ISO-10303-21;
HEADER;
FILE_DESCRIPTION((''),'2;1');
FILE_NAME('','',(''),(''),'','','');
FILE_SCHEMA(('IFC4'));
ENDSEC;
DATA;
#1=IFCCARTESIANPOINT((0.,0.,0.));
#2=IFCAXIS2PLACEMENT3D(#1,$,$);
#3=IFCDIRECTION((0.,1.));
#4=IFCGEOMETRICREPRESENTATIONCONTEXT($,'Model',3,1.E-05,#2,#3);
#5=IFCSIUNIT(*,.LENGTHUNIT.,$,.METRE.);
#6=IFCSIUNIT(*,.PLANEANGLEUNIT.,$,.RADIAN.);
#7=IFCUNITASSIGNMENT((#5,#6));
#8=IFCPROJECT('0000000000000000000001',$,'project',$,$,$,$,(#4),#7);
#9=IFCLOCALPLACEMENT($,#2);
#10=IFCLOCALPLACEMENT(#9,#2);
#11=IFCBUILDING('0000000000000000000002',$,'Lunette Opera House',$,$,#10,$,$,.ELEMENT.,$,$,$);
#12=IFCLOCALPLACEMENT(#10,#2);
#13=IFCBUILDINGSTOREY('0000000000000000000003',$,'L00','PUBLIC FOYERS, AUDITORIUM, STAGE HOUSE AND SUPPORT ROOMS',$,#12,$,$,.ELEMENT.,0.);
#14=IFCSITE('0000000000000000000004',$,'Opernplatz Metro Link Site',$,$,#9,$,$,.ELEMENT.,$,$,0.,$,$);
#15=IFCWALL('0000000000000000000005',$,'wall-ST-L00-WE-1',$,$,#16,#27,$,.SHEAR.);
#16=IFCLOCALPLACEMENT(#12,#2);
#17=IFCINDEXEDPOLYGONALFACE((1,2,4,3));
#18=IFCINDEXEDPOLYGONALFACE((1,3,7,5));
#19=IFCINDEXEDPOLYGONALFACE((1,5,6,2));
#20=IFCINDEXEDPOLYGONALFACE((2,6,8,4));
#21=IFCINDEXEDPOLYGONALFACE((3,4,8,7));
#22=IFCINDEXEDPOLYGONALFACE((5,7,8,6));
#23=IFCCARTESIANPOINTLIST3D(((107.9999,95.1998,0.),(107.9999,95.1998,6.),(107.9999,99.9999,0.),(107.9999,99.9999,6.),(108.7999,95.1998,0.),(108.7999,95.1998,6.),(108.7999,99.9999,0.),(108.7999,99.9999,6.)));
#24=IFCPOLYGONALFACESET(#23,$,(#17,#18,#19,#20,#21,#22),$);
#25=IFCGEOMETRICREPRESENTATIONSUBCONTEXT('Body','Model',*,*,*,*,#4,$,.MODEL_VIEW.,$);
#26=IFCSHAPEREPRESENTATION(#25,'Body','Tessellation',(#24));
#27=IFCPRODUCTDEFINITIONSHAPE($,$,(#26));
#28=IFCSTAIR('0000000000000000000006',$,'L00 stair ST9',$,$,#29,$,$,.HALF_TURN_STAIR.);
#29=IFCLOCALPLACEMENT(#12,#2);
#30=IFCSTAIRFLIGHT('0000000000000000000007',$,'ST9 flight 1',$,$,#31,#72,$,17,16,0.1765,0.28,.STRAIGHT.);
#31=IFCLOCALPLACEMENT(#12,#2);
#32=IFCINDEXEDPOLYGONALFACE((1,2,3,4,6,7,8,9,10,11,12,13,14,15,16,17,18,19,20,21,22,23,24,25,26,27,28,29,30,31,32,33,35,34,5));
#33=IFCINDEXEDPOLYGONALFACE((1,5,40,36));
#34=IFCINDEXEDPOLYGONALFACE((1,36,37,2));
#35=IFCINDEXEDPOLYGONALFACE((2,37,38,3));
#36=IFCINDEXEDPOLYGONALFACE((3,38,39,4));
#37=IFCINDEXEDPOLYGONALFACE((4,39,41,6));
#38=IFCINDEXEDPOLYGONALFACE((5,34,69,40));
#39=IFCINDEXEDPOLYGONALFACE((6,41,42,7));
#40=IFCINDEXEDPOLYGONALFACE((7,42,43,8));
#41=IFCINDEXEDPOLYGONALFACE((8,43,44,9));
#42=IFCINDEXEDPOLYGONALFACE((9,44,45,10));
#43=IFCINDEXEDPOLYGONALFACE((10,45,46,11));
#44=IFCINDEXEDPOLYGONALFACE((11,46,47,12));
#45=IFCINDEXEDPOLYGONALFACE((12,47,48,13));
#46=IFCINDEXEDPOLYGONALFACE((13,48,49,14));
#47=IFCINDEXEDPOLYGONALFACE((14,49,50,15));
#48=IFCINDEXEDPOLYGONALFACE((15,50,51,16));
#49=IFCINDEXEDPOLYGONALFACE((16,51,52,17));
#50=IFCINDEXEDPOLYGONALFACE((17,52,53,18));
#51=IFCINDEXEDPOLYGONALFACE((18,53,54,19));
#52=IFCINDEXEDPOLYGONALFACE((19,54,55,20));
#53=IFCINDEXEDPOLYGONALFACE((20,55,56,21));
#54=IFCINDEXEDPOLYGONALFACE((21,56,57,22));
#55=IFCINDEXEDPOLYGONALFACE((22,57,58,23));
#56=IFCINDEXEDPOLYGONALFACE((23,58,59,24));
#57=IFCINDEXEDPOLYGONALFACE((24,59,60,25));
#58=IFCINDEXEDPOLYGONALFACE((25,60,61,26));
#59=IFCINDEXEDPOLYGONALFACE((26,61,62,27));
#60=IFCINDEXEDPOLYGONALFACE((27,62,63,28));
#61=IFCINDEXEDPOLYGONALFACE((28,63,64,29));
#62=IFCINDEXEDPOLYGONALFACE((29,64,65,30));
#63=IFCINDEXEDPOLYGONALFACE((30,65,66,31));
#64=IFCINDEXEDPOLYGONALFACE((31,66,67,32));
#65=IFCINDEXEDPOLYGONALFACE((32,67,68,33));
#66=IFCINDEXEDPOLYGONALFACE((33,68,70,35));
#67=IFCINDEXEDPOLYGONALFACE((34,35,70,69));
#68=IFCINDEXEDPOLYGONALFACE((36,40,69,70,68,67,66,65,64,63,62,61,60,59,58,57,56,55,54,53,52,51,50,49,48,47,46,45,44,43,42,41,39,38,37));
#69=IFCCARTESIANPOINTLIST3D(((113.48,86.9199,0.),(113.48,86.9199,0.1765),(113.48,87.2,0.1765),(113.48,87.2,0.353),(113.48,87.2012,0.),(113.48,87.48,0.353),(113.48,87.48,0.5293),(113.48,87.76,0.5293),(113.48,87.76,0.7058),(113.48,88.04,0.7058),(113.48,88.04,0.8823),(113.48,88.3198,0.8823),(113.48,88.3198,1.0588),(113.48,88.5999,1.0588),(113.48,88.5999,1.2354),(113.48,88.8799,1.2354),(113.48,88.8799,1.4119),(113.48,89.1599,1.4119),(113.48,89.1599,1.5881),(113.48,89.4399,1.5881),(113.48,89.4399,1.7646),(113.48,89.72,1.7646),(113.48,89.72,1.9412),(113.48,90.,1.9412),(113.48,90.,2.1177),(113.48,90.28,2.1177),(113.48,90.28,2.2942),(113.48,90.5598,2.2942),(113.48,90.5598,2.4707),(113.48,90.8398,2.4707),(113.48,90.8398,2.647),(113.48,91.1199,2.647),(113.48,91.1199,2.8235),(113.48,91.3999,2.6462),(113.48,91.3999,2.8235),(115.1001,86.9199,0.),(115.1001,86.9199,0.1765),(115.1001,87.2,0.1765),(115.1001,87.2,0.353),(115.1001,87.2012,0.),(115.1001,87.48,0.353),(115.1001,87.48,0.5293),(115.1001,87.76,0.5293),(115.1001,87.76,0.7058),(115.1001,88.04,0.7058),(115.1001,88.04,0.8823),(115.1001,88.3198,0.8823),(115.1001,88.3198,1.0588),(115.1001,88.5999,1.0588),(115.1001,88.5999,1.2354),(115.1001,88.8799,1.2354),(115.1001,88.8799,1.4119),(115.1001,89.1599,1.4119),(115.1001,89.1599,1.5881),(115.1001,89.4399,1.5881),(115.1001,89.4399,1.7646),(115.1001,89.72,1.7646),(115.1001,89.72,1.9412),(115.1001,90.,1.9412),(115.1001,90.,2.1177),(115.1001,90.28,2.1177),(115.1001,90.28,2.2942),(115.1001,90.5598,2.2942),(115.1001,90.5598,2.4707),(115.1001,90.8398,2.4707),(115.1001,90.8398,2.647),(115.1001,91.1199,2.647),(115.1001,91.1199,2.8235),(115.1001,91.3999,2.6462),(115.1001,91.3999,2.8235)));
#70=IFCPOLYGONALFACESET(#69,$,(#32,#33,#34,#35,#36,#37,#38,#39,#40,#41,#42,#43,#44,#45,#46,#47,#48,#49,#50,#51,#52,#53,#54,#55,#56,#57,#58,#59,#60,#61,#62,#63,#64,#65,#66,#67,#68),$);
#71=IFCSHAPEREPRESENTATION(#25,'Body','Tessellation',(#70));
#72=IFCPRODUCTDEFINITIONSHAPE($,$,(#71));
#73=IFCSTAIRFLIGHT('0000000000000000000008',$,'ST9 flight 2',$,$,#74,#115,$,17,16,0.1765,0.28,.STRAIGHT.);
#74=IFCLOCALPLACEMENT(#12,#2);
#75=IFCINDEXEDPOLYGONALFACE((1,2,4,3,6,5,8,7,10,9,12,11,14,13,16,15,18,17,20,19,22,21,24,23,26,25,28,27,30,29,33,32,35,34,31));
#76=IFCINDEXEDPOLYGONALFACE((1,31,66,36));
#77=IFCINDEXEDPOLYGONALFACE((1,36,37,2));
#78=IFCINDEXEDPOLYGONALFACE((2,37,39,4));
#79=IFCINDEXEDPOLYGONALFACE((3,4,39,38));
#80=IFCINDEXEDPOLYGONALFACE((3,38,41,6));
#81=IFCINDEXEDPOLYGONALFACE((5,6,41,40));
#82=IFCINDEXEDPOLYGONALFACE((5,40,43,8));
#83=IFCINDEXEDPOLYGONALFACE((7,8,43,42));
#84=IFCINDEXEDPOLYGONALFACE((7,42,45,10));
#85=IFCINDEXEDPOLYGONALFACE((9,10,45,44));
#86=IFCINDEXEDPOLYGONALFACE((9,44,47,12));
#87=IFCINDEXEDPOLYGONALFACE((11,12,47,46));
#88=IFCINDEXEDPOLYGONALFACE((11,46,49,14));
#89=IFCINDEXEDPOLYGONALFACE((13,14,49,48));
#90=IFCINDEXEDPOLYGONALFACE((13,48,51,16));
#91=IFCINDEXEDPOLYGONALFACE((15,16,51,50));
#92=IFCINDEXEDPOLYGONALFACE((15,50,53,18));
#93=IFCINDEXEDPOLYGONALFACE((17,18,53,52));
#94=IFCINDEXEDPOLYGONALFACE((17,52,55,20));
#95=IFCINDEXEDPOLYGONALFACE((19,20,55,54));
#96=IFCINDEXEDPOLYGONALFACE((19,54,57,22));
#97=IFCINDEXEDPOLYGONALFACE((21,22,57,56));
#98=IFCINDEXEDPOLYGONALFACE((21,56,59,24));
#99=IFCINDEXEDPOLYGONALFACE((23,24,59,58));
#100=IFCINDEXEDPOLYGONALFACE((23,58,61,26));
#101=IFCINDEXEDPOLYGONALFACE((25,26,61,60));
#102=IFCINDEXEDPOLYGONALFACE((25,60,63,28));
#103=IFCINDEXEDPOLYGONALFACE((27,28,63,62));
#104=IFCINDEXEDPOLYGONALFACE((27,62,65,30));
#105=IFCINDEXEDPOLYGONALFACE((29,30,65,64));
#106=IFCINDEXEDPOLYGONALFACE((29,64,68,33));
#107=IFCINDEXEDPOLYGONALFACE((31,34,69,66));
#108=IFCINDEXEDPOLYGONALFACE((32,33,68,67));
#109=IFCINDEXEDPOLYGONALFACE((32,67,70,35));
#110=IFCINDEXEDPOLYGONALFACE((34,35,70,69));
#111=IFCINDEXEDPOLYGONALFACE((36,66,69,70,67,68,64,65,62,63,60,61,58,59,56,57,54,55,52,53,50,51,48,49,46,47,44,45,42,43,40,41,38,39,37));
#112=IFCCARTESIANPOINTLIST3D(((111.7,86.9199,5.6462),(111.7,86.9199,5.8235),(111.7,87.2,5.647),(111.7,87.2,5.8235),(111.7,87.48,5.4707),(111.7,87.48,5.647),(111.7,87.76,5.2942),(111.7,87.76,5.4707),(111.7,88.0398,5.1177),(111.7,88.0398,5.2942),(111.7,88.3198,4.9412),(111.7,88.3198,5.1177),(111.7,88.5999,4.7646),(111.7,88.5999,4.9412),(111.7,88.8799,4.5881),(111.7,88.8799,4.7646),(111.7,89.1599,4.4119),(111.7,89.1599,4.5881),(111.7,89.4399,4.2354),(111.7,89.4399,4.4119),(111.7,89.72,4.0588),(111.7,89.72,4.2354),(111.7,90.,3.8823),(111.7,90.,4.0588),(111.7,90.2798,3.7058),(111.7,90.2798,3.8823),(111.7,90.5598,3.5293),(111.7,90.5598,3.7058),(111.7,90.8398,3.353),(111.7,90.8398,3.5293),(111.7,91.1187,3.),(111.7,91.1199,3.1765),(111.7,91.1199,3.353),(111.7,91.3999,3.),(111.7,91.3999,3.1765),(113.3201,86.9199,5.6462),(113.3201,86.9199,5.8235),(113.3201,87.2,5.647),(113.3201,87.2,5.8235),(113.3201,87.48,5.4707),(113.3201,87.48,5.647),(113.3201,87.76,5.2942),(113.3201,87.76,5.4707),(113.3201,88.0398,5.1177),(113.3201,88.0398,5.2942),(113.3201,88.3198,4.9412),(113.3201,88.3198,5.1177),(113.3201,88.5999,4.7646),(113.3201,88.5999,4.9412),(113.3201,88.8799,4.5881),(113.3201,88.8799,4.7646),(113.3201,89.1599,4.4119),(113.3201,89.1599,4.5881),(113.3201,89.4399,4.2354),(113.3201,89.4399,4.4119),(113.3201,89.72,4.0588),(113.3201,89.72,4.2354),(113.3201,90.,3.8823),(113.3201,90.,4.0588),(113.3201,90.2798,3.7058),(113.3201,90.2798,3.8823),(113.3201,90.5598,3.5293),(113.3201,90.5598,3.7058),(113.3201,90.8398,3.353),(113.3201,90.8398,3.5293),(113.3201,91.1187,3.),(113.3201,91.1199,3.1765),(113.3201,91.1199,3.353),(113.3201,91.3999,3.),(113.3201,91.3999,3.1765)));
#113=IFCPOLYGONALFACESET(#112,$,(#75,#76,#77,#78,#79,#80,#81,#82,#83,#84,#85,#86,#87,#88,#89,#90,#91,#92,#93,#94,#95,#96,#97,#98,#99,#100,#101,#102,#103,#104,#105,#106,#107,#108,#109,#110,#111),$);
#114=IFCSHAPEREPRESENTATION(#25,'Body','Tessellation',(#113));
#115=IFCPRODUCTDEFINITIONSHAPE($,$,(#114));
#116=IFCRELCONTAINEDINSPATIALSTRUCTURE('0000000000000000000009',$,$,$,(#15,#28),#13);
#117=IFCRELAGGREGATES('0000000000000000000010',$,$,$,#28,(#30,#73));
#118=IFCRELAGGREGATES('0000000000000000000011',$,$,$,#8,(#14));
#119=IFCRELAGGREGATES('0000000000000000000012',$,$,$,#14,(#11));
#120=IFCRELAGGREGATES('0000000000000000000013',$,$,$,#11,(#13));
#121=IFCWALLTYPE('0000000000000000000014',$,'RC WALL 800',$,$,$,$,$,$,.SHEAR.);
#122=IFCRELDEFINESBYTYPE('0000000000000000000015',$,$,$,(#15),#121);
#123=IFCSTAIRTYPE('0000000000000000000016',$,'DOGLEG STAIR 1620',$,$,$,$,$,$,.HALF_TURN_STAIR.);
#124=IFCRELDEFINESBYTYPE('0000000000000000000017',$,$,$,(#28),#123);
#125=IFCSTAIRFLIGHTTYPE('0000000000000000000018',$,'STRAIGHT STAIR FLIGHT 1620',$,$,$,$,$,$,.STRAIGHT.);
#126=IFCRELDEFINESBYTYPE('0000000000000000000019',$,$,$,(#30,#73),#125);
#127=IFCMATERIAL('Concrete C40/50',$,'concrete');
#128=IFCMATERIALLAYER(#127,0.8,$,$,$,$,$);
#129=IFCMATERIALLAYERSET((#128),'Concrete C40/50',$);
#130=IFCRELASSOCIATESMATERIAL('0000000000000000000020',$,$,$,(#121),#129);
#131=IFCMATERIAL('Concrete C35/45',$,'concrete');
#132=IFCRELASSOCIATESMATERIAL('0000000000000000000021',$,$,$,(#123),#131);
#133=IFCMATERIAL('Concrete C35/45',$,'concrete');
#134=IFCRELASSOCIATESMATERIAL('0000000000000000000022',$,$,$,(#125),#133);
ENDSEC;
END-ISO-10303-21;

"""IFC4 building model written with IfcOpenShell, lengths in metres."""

from ifc_helpers import new_model, si_unit, direction, frame, frame_2d, origin, place, context, subcontext, project, spatial, polyline, rectangle, outline, extrude, material, layer, layer_set, type_object, element, aggregate, save


model = new_model("IFC4")

# Units and contexts
model_context = context("Model", 3, precision=1e-05, world=origin(), true_north=direction((0.0, 1.0)))
body_context = subcontext(model_context, "Body", "Model", "MODEL_VIEW")
ifc_project = project(units=[si_unit("LENGTHUNIT", "METRE"), si_unit("PLANEANGLEUNIT", "RADIAN")], contexts=[model_context])

# Site, building, storey
site_placement = place(None, origin())
site = spatial("IfcSite", under=ifc_project, at=site_placement, Name="Opernplatz Metro Link Site", CompositionType="ELEMENT", RefElevation=0.0)
building_placement = place(site_placement, origin())
building = spatial("IfcBuilding", under=site, at=building_placement, Name="Lunette Opera House", CompositionType="ELEMENT")
storey_placement = place(building_placement, origin())
storey = spatial("IfcBuildingStorey", under=building, at=storey_placement, Name="L00", Description="PUBLIC FOYERS, AUDITORIUM, STAGE HOUSE AND SUPPORT ROOMS", CompositionType="ELEMENT", Elevation=0.0)

# Wall
ifc_material_1 = material(Name="Concrete C40/50", Category="concrete")
ifc_layer_1 = layer(ifc_material_1, 0.8)
ifc_layer_set_1 = layer_set([ifc_layer_1], Name="Concrete C40/50")
wall_type_1 = type_object("IfcWallType", Name="RC WALL 800", PredefinedType="SHEAR", material=ifc_layer_set_1)
wall_1_placement = place(storey_placement, frame((108.3999, 95.2, 0.0), z_axis=(0.0, 0.0, 1.0), x_axis=(0.0, 1.0, 0.0)))
element("IfcWall", 1, at=wall_1_placement, inside=storey, type_object=wall_type_1, Name="wall-ST-L00-WE-1", PredefinedType="SHEAR", context=body_context, shape_type="SweptSolid", body=[
    extrude(rectangle(XDim=4.8, YDim=0.8, at=frame_2d((2.3999, 0.0))), origin(), (0.0, 0.0, 1.0), 6.0),
])

# Stair, stair flights
ifc_material_2 = material(Name="Concrete C35/45", Category="concrete")
stair_type = type_object("IfcStairType", Name="DOGLEG STAIR 1620", PredefinedType="HALF_TURN_STAIR", material=ifc_material_2)
stair_placement = place(storey_placement, origin())
stair = element("IfcStair", 2, at=stair_placement, inside=storey, type_object=stair_type, Name="L00 stair ST9", PredefinedType="HALF_TURN_STAIR")
ifc_material_3 = material(Name="Concrete C35/45", Category="concrete")
stair_flight_type = type_object("IfcStairFlightType", Name="STRAIGHT STAIR FLIGHT 1620", PredefinedType="STRAIGHT", material=ifc_material_3)
stair_flight_1_placement = place(storey_placement, frame((114.29, 86.9199, 0.0), z_axis=(0.0, 0.0, 1.0), x_axis=(0.0, 1.0, 0.0)))
stair_flight_1 = element("IfcStairFlight", 3, at=stair_flight_1_placement, type_object=stair_flight_type, Name="ST9 flight 1", NumberOfRisers=17, NumberOfTreads=16, PredefinedType="STRAIGHT", RiserHeight=0.1765, TreadLength=0.28, context=body_context, shape_type="SweptSolid", body=[
    extrude(outline(polyline([(0.0, 0.0), (0.0, 0.1765), (0.28, 0.1765), (0.28, 0.353), (0.5601, 0.353), (0.5601, 0.5293), (0.8401, 0.5293), (0.8401, 0.7058), (1.1201, 0.7058), (1.1201, 0.8823), (1.3999, 0.8823), (1.3999, 1.0588), (1.6799, 1.0588), (1.6799, 1.2354), (1.96, 1.2354), (1.96, 1.4119), (2.24, 1.4119), (2.24, 1.5881), (2.52, 1.5881), (2.52, 1.7646), (2.8, 1.7646), (2.8, 1.9412), (3.0801, 1.9412), (3.0801, 2.1177), (3.3601, 2.1177), (3.3601, 2.2942), (3.6399, 2.2942), (3.6399, 2.4707), (3.9199, 2.4707), (3.9199, 2.647), (4.2, 2.647), (4.2, 2.8235), (4.48, 2.8235), (4.48, 3.0), (4.48, 2.6462), (0.2812, 0.0), (0.0, 0.0)])), frame((0.0, 0.8101, 0.0), z_axis=(0.0, -1.0, 0.0), x_axis=(1.0, 0.0, 0.0)), (0.0, 0.0, 1.0), 1.6201),
])
stair_flight_2_placement = place(storey_placement, frame((112.51, 91.3999, 3.0), z_axis=(0.0, 0.0, 1.0), x_axis=(0.0, -1.0, 0.0)))
stair_flight_2 = element("IfcStairFlight", 4, at=stair_flight_2_placement, type_object=stair_flight_type, Name="ST9 flight 2", NumberOfRisers=17, NumberOfTreads=16, PredefinedType="STRAIGHT", RiserHeight=0.1765, TreadLength=0.28, context=body_context, shape_type="SweptSolid", body=[
    extrude(outline(polyline([(0.0, 0.0), (0.0, 0.1765), (0.28, 0.1765), (0.28, 0.353), (0.5601, 0.353), (0.5601, 0.5293), (0.8401, 0.5293), (0.8401, 0.7058), (1.1201, 0.7058), (1.1201, 0.8823), (1.3999, 0.8823), (1.3999, 1.0588), (1.6799, 1.0588), (1.6799, 1.2354), (1.96, 1.2354), (1.96, 1.4119), (2.24, 1.4119), (2.24, 1.5881), (2.52, 1.5881), (2.52, 1.7646), (2.8, 1.7646), (2.8, 1.9412), (3.0801, 1.9412), (3.0801, 2.1177), (3.3601, 2.1177), (3.3601, 2.2942), (3.6399, 2.2942), (3.6399, 2.4707), (3.9199, 2.4707), (3.9199, 2.647), (4.2, 2.647), (4.2, 2.8235), (4.48, 2.8235), (4.48, 3.0), (4.48, 2.6462), (0.2812, 0.0), (0.0, 0.0)])), frame((0.0, 0.8101, 0.0), z_axis=(0.0, -1.0, 0.0), x_axis=(1.0, 0.0, 0.0)), (0.0, 0.0, 1.0), 1.6201),
])
aggregate(stair, [stair_flight_1, stair_flight_2])

save(model, "model.ifc")
